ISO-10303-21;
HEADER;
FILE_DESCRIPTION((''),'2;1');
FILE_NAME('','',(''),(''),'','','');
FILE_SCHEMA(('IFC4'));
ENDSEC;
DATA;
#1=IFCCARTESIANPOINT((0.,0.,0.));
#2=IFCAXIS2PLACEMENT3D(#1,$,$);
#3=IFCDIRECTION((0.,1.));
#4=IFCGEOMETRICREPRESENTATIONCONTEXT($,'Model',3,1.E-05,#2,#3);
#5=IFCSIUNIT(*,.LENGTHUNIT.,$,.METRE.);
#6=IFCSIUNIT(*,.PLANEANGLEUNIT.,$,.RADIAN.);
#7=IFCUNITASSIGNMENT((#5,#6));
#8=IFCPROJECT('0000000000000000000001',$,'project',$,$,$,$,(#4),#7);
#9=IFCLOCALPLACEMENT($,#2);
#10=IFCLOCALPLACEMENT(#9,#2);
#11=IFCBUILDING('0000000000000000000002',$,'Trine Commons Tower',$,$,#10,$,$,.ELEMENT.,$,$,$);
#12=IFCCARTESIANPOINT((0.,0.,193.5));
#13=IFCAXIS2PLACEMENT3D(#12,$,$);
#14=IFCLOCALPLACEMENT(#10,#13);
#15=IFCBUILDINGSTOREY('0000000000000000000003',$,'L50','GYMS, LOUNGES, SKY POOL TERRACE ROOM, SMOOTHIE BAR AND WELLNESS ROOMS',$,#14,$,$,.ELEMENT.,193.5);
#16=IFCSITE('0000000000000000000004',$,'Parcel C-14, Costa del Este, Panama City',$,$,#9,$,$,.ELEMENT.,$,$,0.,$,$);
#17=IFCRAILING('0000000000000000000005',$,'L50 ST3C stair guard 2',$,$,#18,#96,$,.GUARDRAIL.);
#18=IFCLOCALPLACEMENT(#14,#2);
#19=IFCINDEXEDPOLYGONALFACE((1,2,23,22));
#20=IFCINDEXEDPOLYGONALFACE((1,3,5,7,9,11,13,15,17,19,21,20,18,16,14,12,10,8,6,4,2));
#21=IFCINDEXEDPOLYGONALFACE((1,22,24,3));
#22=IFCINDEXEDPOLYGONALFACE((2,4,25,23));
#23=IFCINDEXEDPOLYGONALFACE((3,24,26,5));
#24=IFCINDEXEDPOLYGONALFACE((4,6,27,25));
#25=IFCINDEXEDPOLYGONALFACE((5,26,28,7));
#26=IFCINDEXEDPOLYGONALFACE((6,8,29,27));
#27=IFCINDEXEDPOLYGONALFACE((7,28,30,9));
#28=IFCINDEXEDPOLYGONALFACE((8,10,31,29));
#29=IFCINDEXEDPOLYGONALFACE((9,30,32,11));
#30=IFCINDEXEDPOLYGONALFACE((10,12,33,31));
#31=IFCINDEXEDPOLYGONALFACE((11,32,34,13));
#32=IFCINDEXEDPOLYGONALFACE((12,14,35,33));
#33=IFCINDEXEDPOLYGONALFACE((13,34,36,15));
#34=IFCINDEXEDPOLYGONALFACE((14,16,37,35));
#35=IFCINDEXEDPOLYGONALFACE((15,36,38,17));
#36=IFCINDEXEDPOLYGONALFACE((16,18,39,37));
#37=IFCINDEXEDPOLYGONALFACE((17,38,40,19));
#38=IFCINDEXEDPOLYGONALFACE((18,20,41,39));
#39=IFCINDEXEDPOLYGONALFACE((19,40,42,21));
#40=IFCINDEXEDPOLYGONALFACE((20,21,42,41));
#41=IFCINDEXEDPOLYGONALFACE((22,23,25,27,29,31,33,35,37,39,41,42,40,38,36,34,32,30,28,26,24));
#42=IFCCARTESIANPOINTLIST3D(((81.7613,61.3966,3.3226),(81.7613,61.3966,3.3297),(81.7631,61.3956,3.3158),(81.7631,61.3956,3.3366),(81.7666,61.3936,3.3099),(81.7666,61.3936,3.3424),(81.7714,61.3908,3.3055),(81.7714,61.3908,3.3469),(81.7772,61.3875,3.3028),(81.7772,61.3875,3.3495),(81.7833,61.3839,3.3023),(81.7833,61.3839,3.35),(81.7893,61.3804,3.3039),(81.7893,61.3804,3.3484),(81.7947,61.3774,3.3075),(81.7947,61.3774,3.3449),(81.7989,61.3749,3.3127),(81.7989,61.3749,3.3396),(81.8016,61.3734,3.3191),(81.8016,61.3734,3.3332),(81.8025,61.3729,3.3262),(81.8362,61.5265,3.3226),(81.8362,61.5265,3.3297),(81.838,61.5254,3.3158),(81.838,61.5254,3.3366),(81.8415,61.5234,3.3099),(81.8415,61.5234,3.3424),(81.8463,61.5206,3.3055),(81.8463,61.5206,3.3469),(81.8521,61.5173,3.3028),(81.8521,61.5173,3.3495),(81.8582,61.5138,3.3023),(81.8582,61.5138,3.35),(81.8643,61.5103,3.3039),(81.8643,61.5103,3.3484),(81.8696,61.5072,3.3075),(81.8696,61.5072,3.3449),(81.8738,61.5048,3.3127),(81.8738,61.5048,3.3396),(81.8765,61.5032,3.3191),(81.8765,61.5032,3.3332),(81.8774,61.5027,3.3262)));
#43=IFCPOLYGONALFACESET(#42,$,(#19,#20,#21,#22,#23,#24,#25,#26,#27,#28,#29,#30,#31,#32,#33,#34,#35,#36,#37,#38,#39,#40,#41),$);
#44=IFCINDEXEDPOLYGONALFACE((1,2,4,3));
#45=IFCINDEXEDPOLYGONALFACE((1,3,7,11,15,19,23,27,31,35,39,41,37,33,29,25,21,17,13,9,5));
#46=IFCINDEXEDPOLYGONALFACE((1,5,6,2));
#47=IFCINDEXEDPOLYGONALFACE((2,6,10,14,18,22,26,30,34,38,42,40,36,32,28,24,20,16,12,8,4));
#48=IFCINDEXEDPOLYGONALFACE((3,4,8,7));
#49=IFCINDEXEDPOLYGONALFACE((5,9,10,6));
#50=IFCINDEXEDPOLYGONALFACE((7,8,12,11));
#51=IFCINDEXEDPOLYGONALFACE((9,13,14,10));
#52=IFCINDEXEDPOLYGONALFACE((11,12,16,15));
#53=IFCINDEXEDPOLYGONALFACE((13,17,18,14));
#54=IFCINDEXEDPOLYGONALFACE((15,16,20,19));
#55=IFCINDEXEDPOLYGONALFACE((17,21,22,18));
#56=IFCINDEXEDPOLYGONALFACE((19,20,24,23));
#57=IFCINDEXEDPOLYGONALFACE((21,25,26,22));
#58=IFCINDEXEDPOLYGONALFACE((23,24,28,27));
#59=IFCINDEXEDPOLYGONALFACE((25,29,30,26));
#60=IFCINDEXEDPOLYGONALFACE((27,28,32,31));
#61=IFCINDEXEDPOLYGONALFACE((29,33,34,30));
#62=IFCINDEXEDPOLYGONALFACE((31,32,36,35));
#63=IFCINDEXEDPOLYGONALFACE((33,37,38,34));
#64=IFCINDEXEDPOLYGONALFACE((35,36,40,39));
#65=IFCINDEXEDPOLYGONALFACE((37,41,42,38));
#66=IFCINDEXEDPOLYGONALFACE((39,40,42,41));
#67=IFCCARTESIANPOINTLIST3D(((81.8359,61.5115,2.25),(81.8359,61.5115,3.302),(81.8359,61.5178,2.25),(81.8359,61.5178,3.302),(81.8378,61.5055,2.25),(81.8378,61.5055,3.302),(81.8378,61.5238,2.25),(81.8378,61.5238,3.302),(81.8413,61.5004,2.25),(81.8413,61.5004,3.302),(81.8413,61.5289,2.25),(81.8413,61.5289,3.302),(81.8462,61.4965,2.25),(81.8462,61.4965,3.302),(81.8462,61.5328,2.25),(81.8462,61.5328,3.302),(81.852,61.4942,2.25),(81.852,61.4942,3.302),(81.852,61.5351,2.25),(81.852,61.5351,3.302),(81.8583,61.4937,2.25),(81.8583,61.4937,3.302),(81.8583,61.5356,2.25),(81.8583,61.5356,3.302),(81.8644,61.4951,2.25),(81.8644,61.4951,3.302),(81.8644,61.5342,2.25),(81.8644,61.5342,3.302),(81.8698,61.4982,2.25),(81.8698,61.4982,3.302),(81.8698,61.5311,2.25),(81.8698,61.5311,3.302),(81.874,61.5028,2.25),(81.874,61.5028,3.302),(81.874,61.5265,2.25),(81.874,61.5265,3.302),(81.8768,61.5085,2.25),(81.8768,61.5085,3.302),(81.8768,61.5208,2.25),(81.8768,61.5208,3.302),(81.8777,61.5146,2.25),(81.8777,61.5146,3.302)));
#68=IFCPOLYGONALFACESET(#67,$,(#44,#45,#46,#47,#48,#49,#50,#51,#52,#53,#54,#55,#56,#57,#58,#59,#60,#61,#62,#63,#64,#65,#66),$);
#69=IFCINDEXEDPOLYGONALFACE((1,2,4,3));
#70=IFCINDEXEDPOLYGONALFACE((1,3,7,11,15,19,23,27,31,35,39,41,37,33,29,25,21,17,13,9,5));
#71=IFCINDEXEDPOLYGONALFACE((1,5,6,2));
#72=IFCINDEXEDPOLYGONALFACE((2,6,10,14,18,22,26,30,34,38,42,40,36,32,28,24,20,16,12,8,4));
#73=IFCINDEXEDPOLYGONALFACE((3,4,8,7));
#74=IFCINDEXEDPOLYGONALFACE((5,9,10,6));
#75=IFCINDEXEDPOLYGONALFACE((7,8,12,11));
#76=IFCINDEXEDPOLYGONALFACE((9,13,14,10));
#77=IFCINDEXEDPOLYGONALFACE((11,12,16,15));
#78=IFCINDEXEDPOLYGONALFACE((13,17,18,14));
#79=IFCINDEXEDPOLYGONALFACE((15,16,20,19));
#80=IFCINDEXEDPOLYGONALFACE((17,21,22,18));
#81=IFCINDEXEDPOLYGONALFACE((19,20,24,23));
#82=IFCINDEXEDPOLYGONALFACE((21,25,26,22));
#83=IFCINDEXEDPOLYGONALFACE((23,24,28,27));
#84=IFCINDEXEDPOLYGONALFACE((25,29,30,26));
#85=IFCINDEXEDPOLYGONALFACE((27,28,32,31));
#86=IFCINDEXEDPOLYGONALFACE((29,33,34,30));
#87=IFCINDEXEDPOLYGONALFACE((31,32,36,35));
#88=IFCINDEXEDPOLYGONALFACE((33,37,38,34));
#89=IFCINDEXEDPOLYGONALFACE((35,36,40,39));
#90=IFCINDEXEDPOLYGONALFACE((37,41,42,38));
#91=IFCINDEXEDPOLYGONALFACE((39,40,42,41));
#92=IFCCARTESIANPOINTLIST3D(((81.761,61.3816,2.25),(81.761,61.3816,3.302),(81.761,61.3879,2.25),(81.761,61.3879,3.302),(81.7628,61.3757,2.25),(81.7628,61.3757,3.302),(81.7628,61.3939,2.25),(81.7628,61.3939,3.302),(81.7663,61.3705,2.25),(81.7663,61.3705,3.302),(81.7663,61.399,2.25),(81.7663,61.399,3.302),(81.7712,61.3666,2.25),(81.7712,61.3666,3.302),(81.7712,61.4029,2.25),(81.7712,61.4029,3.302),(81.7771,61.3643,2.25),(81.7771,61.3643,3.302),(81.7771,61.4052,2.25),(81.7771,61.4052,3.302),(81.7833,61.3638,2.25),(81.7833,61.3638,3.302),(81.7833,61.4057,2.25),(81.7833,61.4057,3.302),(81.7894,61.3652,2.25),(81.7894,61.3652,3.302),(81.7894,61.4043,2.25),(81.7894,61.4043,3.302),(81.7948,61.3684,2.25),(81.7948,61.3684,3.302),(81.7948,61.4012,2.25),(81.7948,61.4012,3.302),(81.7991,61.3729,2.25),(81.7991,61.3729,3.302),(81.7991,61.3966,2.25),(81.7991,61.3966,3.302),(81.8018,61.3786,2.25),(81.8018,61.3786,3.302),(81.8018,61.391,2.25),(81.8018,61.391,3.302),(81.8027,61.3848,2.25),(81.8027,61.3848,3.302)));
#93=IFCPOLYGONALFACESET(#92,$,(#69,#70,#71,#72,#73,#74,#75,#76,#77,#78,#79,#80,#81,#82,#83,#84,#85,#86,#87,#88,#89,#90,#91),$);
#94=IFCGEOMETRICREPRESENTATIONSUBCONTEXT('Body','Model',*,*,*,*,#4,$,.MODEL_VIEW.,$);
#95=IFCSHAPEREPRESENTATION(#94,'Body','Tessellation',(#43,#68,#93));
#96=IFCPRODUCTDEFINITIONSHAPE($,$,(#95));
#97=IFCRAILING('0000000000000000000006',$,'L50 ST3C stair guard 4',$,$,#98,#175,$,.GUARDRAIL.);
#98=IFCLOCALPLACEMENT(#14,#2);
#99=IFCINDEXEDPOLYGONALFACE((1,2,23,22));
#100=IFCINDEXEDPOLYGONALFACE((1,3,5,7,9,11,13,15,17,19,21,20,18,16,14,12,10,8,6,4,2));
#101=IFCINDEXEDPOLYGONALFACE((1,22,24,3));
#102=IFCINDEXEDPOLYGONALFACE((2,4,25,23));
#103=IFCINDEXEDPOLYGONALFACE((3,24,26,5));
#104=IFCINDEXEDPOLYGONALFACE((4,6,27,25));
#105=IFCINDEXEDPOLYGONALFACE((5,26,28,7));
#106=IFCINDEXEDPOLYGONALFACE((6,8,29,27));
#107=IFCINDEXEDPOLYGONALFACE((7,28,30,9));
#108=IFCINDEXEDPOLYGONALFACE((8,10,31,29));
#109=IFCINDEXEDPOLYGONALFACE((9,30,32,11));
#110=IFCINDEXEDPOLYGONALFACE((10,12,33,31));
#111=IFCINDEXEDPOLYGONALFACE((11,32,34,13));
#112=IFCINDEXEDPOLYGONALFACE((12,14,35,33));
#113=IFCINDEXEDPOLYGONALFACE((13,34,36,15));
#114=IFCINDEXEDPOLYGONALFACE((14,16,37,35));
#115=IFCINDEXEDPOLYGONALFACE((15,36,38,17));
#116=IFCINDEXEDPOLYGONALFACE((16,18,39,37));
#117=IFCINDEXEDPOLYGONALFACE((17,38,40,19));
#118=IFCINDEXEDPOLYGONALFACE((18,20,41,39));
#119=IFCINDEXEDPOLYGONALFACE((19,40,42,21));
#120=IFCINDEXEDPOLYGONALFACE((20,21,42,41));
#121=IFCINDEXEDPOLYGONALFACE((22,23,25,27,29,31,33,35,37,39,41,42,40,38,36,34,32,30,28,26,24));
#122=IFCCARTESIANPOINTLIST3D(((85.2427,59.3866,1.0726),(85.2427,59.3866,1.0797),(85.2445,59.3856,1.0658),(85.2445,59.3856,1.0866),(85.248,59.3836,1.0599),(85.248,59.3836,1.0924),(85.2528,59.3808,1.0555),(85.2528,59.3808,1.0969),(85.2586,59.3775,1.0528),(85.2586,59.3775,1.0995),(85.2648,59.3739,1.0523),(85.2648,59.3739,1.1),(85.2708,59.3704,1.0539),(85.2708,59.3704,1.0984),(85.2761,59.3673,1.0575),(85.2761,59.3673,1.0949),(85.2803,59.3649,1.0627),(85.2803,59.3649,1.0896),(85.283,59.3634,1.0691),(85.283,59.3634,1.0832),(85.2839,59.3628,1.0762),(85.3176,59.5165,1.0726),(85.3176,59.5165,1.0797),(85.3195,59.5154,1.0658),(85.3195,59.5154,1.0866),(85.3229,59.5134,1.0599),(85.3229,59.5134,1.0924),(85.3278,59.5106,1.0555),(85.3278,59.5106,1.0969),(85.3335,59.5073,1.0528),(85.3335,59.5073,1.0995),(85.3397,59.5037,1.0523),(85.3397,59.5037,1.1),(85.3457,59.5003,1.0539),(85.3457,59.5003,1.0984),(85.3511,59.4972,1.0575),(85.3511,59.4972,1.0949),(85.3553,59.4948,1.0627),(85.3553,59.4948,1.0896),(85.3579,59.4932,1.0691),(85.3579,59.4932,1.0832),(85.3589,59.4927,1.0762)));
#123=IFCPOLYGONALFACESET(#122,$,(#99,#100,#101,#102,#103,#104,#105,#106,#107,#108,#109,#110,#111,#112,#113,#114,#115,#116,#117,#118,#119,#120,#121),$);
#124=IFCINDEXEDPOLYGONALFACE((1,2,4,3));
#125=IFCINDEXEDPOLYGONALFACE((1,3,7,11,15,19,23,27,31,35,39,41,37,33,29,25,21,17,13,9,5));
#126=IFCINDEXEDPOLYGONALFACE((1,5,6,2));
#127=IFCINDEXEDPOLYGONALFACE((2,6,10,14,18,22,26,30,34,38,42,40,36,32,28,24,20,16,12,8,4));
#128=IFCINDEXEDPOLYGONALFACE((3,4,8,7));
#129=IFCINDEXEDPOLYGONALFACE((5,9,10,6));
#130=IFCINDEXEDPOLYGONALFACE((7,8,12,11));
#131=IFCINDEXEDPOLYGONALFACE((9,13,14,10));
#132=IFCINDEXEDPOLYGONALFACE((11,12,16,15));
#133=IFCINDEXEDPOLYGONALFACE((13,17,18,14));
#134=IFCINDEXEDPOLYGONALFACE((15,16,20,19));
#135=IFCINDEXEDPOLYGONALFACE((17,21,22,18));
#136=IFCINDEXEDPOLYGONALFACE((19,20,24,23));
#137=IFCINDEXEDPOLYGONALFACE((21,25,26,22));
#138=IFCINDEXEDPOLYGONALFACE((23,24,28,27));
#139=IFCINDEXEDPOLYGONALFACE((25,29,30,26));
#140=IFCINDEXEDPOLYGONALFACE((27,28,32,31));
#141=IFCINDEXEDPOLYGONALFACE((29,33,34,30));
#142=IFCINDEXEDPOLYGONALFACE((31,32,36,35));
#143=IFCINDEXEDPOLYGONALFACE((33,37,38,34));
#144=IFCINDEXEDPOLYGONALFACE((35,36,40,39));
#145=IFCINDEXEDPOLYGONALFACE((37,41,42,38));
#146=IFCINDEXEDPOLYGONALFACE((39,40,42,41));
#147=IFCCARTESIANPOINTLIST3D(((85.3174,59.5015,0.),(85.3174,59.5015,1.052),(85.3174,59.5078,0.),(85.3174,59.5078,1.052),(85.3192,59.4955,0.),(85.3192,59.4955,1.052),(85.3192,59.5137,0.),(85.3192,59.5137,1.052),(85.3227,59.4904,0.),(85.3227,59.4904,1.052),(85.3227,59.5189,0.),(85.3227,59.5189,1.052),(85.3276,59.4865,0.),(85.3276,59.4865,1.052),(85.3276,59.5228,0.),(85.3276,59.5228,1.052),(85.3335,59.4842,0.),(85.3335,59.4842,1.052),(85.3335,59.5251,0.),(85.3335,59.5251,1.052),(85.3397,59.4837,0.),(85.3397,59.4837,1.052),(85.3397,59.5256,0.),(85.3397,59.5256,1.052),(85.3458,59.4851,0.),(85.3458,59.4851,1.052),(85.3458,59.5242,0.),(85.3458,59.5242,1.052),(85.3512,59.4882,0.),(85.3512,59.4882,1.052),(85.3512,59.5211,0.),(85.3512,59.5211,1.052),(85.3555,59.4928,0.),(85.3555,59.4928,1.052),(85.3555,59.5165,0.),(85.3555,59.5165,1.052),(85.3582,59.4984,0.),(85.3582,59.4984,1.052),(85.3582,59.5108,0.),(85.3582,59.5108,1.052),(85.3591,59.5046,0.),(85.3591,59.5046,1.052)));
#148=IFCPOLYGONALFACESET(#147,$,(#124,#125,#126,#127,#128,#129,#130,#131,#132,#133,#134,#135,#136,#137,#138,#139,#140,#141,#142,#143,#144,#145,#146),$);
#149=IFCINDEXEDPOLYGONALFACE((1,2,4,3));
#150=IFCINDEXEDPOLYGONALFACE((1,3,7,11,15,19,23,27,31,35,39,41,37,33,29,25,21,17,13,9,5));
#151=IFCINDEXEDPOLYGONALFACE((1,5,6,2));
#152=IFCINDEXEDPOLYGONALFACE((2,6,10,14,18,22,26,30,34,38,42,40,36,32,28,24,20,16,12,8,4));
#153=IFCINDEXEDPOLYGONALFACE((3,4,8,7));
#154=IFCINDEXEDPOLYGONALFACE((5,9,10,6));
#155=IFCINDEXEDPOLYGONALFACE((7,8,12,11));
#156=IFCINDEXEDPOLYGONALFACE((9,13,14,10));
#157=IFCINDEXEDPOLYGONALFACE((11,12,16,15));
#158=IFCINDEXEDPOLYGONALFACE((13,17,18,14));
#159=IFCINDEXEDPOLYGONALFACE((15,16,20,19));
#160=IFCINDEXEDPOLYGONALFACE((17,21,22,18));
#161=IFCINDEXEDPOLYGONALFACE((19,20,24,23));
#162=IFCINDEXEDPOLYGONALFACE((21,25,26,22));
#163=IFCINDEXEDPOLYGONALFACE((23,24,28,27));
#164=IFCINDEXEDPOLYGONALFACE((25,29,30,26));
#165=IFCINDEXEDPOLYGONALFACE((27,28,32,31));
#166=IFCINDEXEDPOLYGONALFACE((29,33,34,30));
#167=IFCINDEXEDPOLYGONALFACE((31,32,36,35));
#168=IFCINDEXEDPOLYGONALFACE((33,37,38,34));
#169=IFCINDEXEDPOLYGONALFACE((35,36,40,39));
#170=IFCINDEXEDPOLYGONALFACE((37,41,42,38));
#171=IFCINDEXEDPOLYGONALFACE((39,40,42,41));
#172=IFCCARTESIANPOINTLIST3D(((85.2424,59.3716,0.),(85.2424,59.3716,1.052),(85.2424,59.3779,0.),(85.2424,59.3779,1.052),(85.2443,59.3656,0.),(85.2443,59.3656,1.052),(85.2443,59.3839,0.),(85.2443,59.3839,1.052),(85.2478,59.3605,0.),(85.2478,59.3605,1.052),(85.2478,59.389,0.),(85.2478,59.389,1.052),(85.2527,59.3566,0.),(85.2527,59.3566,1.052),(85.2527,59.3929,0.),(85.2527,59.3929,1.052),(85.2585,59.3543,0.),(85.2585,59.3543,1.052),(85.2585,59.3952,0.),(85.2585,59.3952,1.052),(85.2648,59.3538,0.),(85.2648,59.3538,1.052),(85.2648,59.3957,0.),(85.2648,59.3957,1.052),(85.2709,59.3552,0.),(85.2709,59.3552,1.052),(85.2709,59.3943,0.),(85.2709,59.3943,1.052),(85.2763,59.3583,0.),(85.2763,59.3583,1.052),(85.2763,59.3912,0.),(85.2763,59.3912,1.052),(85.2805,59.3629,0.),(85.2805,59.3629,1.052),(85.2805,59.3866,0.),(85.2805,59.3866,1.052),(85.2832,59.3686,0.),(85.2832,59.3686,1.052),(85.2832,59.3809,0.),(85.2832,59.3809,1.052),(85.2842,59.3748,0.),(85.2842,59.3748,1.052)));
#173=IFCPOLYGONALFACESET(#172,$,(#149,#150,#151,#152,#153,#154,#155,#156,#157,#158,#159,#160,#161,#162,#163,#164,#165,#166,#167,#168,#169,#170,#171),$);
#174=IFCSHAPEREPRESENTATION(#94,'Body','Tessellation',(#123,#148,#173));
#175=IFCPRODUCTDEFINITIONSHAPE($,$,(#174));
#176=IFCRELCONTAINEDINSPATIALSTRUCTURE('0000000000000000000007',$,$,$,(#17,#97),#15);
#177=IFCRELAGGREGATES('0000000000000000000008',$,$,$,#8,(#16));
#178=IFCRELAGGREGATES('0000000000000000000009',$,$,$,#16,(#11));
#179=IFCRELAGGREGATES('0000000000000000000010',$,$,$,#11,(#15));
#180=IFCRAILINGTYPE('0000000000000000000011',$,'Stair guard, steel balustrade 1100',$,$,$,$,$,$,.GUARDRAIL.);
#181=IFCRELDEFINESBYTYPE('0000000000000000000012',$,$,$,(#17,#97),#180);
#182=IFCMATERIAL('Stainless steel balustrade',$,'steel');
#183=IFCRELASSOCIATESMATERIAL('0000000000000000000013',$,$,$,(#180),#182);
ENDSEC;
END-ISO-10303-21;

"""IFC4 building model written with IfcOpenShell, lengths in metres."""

from ifc_helpers import new_model, si_unit, direction, frame, origin, origin_2d, place, context, subcontext, project, spatial, circle, extrude, material, type_object, element, save


model = new_model("IFC4")

# Units and contexts
model_context = context("Model", 3, precision=1e-05, world=origin(), true_north=direction((0.0, 1.0)))
body_context = subcontext(model_context, "Body", "Model", "MODEL_VIEW")
ifc_project = project(units=[si_unit("LENGTHUNIT", "METRE"), si_unit("PLANEANGLEUNIT", "RADIAN")], contexts=[model_context])

# Site, building, storey
site_placement = place(None, origin())
site = spatial("IfcSite", under=ifc_project, at=site_placement, Name="Parcel C-14, Costa del Este, Panama City", CompositionType="ELEMENT", RefElevation=0.0)
building_placement = place(site_placement, origin())
building = spatial("IfcBuilding", under=site, at=building_placement, Name="Trine Commons Tower", CompositionType="ELEMENT")
storey_placement = place(building_placement, frame((0.0, 0.0, 193.5)))
storey = spatial("IfcBuildingStorey", under=building, at=storey_placement, Name="L50", Description="GYMS, LOUNGES, SKY POOL TERRACE ROOM, SMOOTHIE BAR AND WELLNESS ROOMS", CompositionType="ELEMENT", Elevation=193.5)

# Railings
ifc_material_1 = material(Name="Stainless steel balustrade", Category="steel")
railing_type_1 = type_object("IfcRailingType", Name="Stair guard, steel balustrade 1100", PredefinedType="GUARDRAIL", material=ifc_material_1)
railing_1_placement = place(storey_placement, frame((81.8567, 61.5146, 2.25)))
element("IfcRailing", 1, at=railing_1_placement, inside=storey, type_object=railing_type_1, Name="L50 ST3C stair guard 2", PredefinedType="GUARDRAIL", context=body_context, shape_type="SweptSolid", body=[
    extrude(circle(Radius=0.0239, at=origin_2d()), frame((0.0, 0.0, 1.0762), z_axis=(-0.499816, -0.866131, 0.0), x_axis=(0.866131, -0.499816, 0.0)), (0.0, 0.0, 1.0), 0.1499),
    extrude(circle(Radius=0.021, at=origin_2d()), origin(), (0.0, 0.0, 1.0), 1.052),
    extrude(circle(Radius=0.021, at=origin_2d()), frame((-0.075, -0.1299, 0.0)), (0.0, 0.0, 1.0), 1.052),
])
railing_2_placement = place(storey_placement, frame((85.3381, 59.5046, 0.0)))
element("IfcRailing", 2, at=railing_2_placement, inside=storey, type_object=railing_type_1, Name="L50 ST3C stair guard 4", PredefinedType="GUARDRAIL", context=body_context, shape_type="SweptSolid", body=[
    extrude(circle(Radius=0.0239, at=origin_2d()), frame((0.0, 0.0, 1.0762), z_axis=(-0.499816, -0.866131, 0.0), x_axis=(0.866131, -0.499816, 0.0)), (0.0, 0.0, 1.0), 0.1499),
    extrude(circle(Radius=0.021, at=origin_2d()), origin(), (0.0, 0.0, 1.0), 1.052),
    extrude(circle(Radius=0.021, at=origin_2d()), frame((-0.075, -0.1299, 0.0)), (0.0, 0.0, 1.0), 1.052),
])

save(model, "model.ifc")
